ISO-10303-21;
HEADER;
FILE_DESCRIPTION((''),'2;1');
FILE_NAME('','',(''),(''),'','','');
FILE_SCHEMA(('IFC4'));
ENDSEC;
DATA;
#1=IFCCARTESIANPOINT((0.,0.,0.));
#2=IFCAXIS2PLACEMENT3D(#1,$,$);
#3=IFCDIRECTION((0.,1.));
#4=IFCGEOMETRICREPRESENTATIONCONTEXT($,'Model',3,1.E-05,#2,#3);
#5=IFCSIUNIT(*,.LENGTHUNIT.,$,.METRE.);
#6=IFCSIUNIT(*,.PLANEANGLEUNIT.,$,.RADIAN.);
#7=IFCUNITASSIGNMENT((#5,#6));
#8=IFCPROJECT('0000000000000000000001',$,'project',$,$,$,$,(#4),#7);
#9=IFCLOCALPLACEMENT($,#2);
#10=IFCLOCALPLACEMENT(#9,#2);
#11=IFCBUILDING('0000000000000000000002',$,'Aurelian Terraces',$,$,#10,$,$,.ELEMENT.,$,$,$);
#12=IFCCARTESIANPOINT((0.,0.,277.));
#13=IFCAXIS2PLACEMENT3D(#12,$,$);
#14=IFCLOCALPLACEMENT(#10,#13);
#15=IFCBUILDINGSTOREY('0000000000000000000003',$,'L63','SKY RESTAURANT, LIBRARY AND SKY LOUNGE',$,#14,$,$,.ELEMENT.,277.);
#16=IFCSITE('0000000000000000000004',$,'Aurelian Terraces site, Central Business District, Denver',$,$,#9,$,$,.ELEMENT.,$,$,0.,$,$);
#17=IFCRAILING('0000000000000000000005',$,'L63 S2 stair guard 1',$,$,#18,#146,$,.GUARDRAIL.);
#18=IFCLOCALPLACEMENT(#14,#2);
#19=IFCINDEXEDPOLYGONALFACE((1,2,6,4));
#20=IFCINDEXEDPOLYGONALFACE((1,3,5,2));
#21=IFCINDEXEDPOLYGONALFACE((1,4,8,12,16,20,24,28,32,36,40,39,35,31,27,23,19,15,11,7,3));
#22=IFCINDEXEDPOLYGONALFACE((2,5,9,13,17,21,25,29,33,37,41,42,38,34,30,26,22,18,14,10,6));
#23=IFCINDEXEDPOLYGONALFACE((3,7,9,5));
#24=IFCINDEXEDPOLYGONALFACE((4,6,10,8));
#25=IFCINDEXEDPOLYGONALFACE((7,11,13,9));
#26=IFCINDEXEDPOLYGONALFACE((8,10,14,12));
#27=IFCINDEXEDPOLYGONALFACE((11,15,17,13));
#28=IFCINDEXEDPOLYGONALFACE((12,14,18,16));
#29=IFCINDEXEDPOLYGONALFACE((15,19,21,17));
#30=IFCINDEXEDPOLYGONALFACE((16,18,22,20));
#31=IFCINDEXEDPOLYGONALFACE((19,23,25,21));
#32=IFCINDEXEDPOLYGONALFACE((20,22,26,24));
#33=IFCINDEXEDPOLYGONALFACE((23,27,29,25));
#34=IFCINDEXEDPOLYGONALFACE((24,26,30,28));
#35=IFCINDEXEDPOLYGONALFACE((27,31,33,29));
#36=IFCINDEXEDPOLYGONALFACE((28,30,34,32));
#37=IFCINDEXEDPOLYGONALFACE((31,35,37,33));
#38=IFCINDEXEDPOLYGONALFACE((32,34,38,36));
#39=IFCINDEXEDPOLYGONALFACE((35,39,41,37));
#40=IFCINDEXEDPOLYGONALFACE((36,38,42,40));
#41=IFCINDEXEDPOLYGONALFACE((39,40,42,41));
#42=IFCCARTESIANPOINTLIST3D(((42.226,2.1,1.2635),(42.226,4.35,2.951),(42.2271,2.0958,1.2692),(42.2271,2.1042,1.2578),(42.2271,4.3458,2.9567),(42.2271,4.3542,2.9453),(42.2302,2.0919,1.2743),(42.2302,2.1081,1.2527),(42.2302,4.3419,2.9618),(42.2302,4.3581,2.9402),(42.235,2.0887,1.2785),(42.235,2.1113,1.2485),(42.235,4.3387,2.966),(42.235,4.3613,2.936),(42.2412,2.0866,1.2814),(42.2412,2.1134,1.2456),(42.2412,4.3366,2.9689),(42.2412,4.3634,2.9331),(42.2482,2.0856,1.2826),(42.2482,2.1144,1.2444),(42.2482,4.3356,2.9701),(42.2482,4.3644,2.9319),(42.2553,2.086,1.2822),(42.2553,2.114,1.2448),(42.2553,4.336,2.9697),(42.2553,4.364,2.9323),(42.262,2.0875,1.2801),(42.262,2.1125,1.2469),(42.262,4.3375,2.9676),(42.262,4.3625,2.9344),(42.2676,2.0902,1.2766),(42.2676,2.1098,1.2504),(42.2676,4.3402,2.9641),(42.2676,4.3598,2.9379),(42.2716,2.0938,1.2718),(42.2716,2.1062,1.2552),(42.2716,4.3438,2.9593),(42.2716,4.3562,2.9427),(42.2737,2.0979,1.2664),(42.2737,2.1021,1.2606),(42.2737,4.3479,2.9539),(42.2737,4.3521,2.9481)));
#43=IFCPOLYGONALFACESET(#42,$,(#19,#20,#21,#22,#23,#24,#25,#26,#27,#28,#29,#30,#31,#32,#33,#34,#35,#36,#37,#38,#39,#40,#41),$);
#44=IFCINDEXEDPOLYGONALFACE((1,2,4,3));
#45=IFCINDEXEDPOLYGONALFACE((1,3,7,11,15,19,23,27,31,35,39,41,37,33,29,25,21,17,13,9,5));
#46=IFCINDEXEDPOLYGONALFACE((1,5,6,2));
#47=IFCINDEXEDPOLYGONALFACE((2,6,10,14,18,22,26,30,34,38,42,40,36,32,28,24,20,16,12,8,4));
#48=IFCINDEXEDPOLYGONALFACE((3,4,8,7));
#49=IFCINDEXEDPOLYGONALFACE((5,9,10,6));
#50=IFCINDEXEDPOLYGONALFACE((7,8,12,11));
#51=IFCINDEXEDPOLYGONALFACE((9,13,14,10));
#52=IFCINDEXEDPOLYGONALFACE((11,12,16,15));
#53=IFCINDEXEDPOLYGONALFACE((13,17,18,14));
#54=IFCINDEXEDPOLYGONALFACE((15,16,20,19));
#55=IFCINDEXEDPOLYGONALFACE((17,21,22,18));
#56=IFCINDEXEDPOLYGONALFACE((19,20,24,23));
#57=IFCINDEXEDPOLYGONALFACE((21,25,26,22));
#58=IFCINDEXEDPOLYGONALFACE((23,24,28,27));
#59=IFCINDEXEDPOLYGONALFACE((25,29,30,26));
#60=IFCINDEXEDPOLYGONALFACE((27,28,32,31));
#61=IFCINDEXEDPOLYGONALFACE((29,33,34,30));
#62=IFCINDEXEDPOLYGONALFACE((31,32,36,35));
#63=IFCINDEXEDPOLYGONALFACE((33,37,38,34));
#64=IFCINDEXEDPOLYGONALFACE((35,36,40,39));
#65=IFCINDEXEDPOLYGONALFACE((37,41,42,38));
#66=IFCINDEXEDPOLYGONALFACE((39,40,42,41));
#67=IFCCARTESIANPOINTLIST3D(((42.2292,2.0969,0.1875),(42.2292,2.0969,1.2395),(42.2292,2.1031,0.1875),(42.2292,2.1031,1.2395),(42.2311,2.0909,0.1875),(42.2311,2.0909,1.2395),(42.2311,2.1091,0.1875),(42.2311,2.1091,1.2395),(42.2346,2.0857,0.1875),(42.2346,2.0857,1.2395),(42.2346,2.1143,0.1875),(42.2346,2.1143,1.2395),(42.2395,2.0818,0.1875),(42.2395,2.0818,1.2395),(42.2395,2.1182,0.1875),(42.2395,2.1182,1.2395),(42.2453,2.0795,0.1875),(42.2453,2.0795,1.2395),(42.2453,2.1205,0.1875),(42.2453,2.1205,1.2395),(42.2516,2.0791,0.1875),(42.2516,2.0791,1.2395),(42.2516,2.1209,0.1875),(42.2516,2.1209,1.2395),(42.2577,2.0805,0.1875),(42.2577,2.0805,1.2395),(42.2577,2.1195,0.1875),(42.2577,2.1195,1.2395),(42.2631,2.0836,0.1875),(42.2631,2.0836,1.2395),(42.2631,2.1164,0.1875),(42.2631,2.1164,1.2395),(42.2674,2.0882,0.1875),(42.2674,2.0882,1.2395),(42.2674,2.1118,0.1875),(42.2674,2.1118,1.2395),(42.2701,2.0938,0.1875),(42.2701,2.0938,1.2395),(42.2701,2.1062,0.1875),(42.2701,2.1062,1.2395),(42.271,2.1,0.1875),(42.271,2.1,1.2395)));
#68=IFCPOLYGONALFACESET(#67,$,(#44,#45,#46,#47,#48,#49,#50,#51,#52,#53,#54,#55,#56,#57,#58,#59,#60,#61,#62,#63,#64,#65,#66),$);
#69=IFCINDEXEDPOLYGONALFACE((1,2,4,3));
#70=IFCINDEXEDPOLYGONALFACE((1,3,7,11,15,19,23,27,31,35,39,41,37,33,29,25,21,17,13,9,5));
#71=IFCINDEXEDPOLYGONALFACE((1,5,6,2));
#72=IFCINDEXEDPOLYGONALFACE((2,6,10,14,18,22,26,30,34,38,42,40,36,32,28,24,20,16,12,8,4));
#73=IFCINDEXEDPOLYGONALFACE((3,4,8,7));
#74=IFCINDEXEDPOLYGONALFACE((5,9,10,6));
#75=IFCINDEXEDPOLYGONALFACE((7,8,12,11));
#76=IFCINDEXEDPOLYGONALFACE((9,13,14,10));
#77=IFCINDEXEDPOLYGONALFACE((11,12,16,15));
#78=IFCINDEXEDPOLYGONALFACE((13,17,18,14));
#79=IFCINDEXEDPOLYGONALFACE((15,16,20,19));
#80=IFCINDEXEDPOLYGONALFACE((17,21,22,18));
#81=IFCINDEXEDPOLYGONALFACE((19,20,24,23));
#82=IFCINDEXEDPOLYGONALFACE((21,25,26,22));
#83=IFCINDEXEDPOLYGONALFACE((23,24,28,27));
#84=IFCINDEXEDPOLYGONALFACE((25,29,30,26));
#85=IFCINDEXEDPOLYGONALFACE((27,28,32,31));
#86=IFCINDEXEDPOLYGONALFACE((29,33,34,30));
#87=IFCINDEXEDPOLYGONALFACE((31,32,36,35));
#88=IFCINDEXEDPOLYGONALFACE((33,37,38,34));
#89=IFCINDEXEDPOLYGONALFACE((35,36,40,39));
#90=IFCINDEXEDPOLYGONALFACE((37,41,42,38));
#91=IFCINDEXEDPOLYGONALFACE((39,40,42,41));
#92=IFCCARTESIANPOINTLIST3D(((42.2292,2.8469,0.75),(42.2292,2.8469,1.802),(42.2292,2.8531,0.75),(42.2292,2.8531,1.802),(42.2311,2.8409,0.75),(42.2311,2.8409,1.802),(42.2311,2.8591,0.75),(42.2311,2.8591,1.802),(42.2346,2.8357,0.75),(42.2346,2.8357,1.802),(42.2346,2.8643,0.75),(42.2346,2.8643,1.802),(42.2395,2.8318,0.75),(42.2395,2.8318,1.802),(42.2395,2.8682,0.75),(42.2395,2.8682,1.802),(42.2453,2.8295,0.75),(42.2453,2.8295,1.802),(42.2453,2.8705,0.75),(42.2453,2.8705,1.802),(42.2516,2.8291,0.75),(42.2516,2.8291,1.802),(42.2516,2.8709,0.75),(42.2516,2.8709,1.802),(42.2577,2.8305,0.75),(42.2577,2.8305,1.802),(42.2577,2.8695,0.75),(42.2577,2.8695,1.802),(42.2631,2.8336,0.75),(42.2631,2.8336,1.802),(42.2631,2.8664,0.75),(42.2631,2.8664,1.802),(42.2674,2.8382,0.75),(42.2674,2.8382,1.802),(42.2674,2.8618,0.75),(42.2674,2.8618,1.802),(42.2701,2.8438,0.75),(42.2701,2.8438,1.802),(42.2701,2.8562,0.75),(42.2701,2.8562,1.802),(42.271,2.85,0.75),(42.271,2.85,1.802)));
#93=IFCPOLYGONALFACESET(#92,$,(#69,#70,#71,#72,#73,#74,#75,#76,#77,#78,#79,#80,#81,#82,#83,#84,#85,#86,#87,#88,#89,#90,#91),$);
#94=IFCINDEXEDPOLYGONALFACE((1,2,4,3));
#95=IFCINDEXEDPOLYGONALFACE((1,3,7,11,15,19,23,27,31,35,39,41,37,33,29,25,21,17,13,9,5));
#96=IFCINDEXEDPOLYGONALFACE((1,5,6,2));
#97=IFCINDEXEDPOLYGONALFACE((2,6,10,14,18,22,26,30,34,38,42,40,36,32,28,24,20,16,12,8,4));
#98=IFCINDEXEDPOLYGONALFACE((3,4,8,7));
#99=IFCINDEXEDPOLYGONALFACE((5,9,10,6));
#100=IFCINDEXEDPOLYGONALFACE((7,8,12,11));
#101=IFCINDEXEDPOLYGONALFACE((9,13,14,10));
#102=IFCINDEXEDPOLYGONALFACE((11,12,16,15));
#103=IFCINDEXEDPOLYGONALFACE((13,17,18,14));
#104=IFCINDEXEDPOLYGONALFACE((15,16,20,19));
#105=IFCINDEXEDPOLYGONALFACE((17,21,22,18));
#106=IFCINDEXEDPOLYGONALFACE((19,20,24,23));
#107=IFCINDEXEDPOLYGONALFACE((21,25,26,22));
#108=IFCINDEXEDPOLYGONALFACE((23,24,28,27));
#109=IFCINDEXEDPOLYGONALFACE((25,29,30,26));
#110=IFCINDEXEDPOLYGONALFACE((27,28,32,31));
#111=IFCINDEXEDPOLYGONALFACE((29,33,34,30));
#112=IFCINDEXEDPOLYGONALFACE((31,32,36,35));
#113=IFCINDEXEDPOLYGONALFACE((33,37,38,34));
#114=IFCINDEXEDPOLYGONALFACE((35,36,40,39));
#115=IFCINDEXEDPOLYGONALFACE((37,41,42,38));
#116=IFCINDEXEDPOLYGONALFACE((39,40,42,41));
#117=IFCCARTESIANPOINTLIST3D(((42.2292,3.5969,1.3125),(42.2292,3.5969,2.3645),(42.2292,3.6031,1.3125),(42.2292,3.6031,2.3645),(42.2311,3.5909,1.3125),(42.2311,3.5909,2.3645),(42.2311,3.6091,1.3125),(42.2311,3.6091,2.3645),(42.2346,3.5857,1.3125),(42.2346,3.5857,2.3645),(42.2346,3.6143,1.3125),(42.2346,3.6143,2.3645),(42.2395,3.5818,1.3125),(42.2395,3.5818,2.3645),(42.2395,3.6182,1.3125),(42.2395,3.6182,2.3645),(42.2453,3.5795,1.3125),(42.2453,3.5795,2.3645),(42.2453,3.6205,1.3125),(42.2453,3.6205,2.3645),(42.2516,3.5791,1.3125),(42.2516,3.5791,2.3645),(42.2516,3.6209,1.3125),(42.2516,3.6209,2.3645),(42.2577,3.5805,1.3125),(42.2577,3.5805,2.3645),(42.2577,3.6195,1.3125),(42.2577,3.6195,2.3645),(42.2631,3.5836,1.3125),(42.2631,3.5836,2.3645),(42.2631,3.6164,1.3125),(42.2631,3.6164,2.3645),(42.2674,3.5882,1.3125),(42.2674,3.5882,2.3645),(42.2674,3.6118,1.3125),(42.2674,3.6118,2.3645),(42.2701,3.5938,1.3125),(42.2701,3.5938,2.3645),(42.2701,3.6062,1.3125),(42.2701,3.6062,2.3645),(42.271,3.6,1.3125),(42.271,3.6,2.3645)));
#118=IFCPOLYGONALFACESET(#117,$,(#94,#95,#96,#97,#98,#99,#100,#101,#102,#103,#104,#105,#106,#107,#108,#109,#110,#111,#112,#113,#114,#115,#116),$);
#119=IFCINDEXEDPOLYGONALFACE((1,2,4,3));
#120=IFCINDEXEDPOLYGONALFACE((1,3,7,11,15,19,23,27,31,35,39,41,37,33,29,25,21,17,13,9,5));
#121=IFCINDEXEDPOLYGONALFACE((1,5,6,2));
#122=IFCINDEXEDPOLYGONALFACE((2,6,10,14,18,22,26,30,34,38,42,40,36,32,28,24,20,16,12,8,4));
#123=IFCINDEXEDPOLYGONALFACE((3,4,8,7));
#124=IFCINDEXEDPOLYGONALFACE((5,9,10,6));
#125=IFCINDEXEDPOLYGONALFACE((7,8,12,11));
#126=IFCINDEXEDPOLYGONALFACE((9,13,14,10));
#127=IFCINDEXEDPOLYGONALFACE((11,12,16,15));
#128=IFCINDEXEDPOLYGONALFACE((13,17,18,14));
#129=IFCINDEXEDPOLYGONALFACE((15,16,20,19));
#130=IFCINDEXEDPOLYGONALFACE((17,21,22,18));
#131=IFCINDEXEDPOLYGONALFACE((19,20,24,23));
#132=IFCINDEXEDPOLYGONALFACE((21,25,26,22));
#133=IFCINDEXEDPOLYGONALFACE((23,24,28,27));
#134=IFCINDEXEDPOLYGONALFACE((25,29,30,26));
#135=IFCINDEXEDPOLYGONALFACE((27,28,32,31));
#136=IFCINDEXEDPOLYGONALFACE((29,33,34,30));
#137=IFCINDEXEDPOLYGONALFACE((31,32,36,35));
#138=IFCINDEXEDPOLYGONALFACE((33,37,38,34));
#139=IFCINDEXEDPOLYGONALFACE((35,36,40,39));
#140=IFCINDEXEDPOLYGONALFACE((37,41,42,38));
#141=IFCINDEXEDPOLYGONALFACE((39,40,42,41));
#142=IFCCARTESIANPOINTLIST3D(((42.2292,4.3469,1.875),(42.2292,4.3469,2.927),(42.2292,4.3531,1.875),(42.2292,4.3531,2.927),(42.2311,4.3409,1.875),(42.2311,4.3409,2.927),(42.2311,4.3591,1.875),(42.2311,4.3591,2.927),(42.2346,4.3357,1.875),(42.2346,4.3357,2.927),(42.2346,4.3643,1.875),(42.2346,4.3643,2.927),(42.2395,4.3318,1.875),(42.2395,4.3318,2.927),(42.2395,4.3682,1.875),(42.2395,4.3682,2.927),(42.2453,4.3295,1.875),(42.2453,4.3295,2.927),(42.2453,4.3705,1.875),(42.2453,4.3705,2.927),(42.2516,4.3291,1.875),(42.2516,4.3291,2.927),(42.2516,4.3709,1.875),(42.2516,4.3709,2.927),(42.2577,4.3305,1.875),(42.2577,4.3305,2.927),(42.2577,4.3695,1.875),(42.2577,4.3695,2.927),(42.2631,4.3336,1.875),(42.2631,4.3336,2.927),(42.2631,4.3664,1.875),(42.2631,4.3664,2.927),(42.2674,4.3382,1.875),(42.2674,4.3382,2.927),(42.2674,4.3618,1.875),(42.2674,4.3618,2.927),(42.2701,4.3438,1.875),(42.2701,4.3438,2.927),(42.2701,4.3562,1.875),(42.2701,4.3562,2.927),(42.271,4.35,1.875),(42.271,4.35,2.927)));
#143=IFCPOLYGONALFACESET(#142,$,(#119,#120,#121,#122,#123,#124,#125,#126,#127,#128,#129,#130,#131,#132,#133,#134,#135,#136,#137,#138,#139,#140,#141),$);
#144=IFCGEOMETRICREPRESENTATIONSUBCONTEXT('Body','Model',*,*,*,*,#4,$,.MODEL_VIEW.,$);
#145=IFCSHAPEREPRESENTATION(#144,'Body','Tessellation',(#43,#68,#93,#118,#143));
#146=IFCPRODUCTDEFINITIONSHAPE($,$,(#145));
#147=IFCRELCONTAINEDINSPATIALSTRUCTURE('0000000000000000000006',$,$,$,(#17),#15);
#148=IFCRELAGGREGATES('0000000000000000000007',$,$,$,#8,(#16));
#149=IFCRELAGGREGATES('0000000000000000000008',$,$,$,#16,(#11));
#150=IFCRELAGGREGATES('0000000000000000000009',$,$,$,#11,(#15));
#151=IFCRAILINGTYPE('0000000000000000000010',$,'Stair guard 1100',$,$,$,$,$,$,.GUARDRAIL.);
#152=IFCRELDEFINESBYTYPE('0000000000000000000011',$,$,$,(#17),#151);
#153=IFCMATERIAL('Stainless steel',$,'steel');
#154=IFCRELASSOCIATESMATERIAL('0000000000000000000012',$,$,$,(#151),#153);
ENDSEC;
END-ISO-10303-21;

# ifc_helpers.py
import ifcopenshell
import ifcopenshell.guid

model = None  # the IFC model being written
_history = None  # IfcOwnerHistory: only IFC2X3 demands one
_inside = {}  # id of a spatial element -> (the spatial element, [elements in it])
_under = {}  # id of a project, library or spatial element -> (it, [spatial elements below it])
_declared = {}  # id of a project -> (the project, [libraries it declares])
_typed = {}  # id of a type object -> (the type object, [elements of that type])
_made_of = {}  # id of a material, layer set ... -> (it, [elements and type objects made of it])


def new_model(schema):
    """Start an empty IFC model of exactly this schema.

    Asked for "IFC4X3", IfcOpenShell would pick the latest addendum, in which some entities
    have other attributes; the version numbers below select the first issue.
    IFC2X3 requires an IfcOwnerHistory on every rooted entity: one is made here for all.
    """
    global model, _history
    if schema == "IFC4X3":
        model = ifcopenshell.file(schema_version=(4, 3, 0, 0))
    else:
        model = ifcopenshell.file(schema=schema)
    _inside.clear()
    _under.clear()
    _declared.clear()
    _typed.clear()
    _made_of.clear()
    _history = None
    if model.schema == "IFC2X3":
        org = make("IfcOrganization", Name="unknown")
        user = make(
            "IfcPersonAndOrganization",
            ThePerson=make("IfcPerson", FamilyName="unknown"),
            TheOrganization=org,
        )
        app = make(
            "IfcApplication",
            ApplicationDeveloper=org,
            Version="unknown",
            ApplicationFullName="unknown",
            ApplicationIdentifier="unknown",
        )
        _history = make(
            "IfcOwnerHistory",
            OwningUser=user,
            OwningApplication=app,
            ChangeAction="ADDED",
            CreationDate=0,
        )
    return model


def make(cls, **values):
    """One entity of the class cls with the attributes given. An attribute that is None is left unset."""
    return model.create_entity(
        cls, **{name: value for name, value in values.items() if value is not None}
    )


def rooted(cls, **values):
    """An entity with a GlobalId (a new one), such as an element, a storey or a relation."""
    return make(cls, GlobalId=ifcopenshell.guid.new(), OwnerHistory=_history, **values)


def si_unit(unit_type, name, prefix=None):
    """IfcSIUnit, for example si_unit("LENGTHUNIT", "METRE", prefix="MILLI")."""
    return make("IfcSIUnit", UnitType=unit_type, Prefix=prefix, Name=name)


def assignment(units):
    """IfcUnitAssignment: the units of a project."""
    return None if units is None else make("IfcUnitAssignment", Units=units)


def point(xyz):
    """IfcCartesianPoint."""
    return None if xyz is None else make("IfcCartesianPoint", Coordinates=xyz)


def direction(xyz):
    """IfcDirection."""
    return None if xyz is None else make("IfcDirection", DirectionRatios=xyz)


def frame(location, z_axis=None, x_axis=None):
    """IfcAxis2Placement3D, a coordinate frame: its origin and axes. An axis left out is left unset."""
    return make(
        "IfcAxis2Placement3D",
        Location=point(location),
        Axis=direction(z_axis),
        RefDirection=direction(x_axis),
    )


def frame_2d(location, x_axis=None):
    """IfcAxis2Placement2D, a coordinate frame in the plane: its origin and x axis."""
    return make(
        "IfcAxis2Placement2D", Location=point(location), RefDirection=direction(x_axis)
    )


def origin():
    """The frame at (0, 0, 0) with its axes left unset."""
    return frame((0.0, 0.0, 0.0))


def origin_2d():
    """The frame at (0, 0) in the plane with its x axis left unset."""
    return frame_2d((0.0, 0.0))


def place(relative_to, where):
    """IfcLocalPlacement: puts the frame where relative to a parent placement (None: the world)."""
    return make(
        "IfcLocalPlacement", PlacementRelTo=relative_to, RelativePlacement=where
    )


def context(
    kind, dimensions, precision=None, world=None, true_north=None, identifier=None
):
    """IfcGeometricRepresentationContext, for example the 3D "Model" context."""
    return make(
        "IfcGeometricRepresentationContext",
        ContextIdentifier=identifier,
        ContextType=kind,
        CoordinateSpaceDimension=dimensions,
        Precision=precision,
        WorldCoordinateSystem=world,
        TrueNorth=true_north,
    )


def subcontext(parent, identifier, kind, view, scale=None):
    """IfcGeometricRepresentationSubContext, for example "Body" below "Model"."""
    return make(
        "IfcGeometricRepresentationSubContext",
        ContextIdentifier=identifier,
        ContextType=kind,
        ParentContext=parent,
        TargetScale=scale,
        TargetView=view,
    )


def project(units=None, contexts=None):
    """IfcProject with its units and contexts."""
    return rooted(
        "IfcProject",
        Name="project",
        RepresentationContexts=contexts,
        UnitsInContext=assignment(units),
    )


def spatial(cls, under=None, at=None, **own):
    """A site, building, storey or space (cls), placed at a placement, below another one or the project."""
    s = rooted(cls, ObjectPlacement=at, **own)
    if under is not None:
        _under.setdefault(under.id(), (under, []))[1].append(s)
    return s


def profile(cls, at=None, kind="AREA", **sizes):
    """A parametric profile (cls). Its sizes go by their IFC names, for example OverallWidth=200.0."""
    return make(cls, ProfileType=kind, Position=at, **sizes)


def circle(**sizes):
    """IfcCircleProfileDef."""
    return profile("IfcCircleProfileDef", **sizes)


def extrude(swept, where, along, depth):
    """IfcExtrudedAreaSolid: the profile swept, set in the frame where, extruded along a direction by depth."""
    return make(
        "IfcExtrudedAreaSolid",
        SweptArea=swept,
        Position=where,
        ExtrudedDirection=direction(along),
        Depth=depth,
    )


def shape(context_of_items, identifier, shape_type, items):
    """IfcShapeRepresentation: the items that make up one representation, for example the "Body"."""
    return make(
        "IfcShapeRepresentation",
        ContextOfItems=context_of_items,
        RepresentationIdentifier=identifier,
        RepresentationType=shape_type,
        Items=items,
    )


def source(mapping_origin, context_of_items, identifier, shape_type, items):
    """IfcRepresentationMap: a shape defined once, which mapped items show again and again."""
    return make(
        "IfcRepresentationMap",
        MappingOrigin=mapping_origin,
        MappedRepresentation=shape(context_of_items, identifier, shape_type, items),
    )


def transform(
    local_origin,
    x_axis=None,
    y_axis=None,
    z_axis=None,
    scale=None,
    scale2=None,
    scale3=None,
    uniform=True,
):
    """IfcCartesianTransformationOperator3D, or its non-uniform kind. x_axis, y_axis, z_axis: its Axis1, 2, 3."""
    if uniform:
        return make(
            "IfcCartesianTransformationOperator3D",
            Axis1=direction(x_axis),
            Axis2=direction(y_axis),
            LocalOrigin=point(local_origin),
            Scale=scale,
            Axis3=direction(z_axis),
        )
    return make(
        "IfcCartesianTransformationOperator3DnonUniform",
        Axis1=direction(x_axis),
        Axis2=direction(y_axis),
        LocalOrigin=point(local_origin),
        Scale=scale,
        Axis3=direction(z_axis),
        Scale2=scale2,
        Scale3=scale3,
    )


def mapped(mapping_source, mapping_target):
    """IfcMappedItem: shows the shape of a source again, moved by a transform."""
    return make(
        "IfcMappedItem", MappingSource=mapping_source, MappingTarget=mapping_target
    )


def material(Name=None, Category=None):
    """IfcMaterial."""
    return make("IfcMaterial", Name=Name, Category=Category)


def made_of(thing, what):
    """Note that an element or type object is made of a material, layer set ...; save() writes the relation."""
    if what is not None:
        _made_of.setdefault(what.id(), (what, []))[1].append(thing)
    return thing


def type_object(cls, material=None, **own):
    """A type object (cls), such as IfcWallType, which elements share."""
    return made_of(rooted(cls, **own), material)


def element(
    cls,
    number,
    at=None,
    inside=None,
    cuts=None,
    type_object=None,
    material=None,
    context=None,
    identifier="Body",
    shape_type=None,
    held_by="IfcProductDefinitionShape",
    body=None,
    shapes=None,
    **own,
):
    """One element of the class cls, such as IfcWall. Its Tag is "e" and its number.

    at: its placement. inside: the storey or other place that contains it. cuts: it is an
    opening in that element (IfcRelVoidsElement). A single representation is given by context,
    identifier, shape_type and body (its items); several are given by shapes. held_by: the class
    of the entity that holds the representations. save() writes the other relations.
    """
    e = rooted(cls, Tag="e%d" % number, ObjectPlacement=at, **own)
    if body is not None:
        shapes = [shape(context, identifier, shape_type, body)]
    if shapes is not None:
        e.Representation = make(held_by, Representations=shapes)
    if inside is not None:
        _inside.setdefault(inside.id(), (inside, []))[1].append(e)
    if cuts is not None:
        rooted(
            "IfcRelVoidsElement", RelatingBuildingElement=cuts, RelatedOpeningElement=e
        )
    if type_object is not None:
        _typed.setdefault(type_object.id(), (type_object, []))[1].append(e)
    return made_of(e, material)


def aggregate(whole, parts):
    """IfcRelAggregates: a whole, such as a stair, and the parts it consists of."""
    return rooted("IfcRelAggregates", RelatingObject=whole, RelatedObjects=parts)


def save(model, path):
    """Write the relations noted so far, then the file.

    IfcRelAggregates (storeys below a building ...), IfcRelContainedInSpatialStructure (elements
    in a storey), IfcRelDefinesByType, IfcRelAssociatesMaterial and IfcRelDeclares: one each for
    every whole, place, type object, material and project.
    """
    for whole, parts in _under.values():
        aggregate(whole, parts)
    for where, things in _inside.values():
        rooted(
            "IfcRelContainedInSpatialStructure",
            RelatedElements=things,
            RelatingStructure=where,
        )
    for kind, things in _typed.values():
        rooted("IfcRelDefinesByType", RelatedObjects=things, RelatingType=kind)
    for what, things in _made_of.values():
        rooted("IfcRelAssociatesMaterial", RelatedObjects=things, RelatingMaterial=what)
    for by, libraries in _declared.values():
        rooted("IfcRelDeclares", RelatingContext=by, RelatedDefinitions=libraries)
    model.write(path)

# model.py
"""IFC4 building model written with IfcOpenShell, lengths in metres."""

from ifc_helpers import new_model, si_unit, direction, frame, origin, origin_2d, place, context, subcontext, project, spatial, circle, extrude, source, transform, mapped, material, type_object, element, save


model = new_model("IFC4")

# Units and contexts
model_context = context("Model", 3, precision=1e-05, world=origin(), true_north=direction((0.0, 1.0)))
body_context = subcontext(model_context, "Body", "Model", "MODEL_VIEW")
ifc_project = project(units=[si_unit("LENGTHUNIT", "METRE"), si_unit("PLANEANGLEUNIT", "RADIAN")], contexts=[model_context])

# Site, building, storey
site_placement = place(None, origin())
site = spatial("IfcSite", under=ifc_project, at=site_placement, Name="Aurelian Terraces site, Central Business District, Denver", CompositionType="ELEMENT", RefElevation=0.0)
building_placement = place(site_placement, origin())
building = spatial("IfcBuilding", under=site, at=building_placement, Name="Aurelian Terraces", CompositionType="ELEMENT")
storey_placement = place(building_placement, frame((0.0, 0.0, 277.0)))
storey = spatial("IfcBuildingStorey", under=building, at=storey_placement, Name="L63", Description="SKY RESTAURANT, LIBRARY AND SKY LOUNGE", CompositionType="ELEMENT", Elevation=277.0)

# Railing
ifc_material_1 = material(Name="Stainless steel", Category="steel")
railing_type_1 = type_object("IfcRailingType", Name="Stair guard 1100", PredefinedType="GUARDRAIL", material=ifc_material_1)
shared_shape_1 = source(origin(), body_context, "Body", "SweptSolid", [
    extrude(circle(Radius=0.024, at=origin_2d()), frame((0.0, 0.0, 1.076), z_axis=(0.0, 0.8, 0.6), x_axis=(-1.0, 0.0, 0.0)), (0.0, 0.0, 1.0), 2.8125),
    extrude(circle(Radius=0.021, at=origin_2d()), origin(), (0.0, 0.0, 1.0), 1.052),
    extrude(circle(Radius=0.021, at=origin_2d()), frame((0.0, 0.75, 0.5625)), (0.0, 0.0, 1.0), 1.052),
    extrude(circle(Radius=0.021, at=origin_2d()), frame((0.0, 1.5, 1.125)), (0.0, 0.0, 1.0), 1.052),
    extrude(circle(Radius=0.021, at=origin_2d()), frame((0.0, 2.25, 1.6875)), (0.0, 0.0, 1.0), 1.052),
])
for number, where, name in (
    (1, (42.25, 2.1, 0.1875), "L63 S2 stair guard 1"),
):
    element("IfcRailing", number, at=place(storey_placement, frame(where)), inside=storey, type_object=railing_type_1, Name=name, PredefinedType="GUARDRAIL", context=body_context, shape_type="MappedRepresentation", body=[
        mapped(shared_shape_1, transform((0.0, 0.0, 0.0), scale=1.0)),
    ])

save(model, "model.ifc")
